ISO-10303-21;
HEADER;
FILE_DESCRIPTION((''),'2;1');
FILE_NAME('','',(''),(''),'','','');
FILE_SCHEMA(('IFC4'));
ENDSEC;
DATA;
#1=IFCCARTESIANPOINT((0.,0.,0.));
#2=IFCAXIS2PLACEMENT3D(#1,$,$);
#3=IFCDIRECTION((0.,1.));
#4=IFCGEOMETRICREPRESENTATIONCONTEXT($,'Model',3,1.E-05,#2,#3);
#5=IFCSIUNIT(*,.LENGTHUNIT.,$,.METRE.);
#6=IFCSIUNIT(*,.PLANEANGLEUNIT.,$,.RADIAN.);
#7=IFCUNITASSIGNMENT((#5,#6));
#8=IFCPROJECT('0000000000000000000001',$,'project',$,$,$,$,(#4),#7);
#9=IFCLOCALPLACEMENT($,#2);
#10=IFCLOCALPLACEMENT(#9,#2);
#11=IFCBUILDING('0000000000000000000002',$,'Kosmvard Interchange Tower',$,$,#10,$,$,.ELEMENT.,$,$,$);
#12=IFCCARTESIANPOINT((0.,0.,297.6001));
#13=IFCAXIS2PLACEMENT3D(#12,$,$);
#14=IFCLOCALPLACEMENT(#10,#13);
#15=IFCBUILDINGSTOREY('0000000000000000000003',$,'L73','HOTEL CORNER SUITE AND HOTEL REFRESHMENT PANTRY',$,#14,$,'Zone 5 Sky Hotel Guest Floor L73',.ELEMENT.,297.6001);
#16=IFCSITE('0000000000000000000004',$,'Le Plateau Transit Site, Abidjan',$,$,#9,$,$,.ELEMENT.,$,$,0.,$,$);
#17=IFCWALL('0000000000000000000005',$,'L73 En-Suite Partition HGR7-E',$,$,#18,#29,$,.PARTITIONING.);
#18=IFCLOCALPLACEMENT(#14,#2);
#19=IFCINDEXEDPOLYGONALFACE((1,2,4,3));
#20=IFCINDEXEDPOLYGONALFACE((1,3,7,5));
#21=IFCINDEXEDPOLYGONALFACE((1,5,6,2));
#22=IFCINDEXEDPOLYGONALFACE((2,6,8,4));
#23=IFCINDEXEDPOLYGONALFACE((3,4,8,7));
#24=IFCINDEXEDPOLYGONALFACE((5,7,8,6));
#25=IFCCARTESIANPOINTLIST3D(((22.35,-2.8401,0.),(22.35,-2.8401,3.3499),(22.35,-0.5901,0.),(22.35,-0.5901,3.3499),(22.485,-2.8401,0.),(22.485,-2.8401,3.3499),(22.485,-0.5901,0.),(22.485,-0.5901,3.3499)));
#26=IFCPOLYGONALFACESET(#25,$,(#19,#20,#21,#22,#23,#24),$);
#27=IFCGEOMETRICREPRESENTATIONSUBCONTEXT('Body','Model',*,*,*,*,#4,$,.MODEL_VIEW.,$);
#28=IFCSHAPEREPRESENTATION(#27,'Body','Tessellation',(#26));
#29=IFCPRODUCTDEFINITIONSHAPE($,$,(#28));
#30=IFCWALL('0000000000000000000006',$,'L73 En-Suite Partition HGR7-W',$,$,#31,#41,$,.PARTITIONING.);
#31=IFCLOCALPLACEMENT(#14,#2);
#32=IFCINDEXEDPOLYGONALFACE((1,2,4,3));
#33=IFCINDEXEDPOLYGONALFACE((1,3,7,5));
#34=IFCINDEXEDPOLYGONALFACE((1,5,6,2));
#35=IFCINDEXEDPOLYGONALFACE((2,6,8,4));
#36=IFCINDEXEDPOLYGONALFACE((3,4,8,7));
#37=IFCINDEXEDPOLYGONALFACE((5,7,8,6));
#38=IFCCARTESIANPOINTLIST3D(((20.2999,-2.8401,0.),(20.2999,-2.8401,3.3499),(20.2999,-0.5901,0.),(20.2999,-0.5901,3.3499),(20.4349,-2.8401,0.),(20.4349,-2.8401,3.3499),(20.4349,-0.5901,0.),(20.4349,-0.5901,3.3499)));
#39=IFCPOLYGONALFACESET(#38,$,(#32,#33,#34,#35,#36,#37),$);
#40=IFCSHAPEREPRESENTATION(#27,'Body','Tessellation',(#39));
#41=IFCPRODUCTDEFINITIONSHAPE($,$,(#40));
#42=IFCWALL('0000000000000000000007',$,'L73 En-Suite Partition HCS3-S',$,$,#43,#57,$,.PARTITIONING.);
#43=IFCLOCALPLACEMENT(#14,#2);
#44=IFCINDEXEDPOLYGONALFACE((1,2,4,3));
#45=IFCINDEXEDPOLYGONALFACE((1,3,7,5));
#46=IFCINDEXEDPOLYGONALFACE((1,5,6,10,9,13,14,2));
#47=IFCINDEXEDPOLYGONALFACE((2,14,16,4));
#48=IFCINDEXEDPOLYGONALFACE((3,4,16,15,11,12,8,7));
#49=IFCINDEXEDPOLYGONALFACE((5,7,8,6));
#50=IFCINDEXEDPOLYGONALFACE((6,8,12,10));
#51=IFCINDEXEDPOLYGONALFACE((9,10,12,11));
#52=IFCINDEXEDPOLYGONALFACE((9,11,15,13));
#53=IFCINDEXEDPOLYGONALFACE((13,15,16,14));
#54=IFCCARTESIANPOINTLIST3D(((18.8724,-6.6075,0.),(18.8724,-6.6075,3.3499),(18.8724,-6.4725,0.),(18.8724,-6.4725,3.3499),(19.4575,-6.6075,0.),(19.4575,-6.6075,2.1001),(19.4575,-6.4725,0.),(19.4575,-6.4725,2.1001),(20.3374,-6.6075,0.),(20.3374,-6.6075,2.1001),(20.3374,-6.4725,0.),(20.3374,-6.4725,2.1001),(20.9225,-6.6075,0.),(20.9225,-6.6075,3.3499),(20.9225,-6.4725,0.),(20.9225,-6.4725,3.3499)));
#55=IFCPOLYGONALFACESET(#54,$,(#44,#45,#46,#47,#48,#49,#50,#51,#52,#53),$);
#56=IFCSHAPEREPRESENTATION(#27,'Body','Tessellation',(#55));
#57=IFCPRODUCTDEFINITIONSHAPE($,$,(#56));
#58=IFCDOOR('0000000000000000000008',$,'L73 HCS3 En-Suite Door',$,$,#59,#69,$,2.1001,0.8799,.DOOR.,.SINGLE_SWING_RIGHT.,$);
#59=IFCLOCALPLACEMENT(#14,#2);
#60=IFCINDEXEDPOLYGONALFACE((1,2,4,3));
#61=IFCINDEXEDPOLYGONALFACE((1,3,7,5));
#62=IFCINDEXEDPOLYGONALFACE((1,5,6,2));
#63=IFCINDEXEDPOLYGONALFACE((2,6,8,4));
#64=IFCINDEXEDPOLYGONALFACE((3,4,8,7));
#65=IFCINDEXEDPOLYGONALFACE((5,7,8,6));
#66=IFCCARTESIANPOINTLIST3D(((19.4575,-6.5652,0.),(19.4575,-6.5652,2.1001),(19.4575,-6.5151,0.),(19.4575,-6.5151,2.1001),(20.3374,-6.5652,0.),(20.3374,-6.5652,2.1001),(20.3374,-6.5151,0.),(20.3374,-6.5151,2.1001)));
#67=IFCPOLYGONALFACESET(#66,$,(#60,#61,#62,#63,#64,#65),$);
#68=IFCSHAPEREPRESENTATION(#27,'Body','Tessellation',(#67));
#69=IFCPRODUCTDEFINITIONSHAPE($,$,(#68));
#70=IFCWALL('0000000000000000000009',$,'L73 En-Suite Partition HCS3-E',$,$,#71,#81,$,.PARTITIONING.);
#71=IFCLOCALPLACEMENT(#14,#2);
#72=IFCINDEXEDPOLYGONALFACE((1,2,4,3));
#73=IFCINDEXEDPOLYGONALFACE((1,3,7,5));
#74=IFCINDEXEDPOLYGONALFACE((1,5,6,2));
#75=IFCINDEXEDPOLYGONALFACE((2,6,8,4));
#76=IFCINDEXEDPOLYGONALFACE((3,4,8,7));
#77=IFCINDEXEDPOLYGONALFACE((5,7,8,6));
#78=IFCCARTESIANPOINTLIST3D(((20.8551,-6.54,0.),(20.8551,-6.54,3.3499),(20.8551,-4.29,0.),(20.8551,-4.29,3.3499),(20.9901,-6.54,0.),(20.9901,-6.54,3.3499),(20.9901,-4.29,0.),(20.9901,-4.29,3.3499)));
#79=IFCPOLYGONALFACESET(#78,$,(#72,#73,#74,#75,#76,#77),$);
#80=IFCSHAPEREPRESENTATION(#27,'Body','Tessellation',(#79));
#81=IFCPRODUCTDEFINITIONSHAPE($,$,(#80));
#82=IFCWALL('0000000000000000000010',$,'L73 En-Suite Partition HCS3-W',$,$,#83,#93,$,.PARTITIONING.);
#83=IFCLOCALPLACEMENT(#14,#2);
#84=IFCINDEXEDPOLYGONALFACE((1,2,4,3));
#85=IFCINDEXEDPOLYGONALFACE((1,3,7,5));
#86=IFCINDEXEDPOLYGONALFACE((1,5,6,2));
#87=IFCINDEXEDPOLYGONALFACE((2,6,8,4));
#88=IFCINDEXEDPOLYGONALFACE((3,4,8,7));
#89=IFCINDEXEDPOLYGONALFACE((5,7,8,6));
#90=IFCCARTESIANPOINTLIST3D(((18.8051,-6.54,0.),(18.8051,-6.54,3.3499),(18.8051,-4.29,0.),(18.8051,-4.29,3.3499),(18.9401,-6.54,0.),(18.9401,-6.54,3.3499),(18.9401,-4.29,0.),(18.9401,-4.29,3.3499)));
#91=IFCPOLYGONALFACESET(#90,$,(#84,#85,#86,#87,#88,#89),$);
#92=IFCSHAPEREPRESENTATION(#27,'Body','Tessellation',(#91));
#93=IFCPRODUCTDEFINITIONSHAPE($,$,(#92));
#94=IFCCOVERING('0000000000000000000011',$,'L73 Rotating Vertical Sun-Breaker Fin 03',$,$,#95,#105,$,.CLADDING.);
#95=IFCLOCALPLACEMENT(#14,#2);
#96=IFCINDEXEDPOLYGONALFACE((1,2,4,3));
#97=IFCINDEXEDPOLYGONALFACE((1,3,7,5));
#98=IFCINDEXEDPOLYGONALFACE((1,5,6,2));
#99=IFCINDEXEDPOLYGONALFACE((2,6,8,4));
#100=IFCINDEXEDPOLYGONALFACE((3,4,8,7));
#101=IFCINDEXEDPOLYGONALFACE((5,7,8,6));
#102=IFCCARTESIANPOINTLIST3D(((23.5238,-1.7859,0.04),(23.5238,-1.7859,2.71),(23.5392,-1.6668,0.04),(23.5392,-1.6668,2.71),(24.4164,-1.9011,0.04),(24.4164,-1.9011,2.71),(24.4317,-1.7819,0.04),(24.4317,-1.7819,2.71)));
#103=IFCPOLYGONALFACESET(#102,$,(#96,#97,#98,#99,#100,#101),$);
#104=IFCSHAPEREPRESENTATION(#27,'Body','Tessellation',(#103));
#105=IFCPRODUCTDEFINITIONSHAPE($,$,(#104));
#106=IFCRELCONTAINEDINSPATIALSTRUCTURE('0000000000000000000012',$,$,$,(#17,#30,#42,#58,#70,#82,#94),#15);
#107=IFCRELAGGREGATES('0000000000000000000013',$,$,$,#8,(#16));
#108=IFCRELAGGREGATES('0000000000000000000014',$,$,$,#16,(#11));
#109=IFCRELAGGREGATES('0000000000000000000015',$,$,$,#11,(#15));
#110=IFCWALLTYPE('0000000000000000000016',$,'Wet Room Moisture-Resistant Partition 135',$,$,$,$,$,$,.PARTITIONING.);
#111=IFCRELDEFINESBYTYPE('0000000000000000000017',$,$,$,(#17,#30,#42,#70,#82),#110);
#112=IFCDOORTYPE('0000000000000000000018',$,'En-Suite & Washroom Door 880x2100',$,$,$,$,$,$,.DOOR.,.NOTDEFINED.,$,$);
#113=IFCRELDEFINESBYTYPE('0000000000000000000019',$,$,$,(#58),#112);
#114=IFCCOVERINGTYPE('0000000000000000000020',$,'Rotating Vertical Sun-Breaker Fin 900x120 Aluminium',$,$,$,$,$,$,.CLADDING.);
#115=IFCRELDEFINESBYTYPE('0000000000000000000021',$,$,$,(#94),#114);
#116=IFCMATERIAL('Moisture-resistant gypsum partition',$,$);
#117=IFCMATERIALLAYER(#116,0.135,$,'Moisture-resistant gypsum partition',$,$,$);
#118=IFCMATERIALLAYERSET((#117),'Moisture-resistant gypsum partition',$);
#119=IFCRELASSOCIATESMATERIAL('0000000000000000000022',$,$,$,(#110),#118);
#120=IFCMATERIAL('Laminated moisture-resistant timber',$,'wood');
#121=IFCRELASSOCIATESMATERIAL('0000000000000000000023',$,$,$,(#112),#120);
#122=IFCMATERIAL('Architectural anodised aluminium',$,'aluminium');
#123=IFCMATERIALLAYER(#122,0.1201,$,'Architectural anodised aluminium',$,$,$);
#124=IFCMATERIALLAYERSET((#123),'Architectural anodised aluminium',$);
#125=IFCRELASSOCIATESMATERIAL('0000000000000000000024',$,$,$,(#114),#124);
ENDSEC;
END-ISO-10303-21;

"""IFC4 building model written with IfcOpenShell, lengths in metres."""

from ifc_helpers import new_model, si_unit, direction, frame, frame_2d, origin, origin_2d, place, context, subcontext, project, spatial, rectangle, extrude, source, transform, mapped, material, layer, layer_set, type_object, element, fill, save


model = new_model("IFC4")

# Units and contexts
model_context = context("Model", 3, precision=1e-05, world=origin(), true_north=direction((0.0, 1.0)))
body_context = subcontext(model_context, "Body", "Model", "MODEL_VIEW")
ifc_project = project(units=[si_unit("LENGTHUNIT", "METRE"), si_unit("PLANEANGLEUNIT", "RADIAN")], contexts=[model_context])

# Site, building, storey
site_placement = place(None, origin())
site = spatial("IfcSite", under=ifc_project, at=site_placement, Name="Le Plateau Transit Site, Abidjan", CompositionType="ELEMENT", RefElevation=0.0)
building_placement = place(site_placement, origin())
building = spatial("IfcBuilding", under=site, at=building_placement, Name="Kosmvard Interchange Tower", CompositionType="ELEMENT")
storey_placement = place(building_placement, frame((0.0, 0.0, 297.6001)))
storey = spatial("IfcBuildingStorey", under=building, at=storey_placement, Name="L73", Description="HOTEL CORNER SUITE AND HOTEL REFRESHMENT PANTRY", LongName="Zone 5 Sky Hotel Guest Floor L73", CompositionType="ELEMENT", Elevation=297.6001)

# Shared definitions
ifc_material_1 = material(Name="Moisture-resistant gypsum partition")
ifc_layer_1 = layer(ifc_material_1, 0.135, Name="Moisture-resistant gypsum partition")
ifc_layer_set_1 = layer_set([ifc_layer_1], Name="Moisture-resistant gypsum partition")
wall_type_1 = type_object("IfcWallType", Name="Wet Room Moisture-Resistant Partition 135", PredefinedType="PARTITIONING", material=ifc_layer_set_1)
ifc_material_2 = material(Name="Laminated moisture-resistant timber", Category="wood")
door_type = type_object("IfcDoorType", Name="En-Suite & Washroom Door 880x2100", OperationType="NOTDEFINED", PredefinedType="DOOR", material=ifc_material_2)
shared_shape_1 = source(origin(), body_context, "Body", "SweptSolid", [
    extrude(rectangle(XDim=0.8799, YDim=2.1001, at=frame_2d((0.4399, 1.05))), frame((0.0, 0.0249, 0.0), z_axis=(0.0, -1.0, 0.0), x_axis=(1.0, 0.0, 0.0)), (0.0, 0.0, 1.0), 0.05),
])

# Walls
for number, where, z_axis, x_axis, name in (
    (1, (22.4175, -2.8401, 0.0), (0.0, 0.0, 1.0), (0.0, 1.0, 0.0), "L73 En-Suite Partition HGR7-E"),
    (2, (20.3674, -2.8401, 0.0), (0.0, 0.0, 1.0), (0.0, 1.0, 0.0), "L73 En-Suite Partition HGR7-W"),
):
    element("IfcWall", number, at=place(storey_placement, frame(where, z_axis=z_axis, x_axis=x_axis)), inside=storey, type_object=wall_type_1, Name=name, PredefinedType="PARTITIONING", context=body_context, shape_type="SweptSolid", body=[
        extrude(rectangle(XDim=2.25, YDim=0.135, at=frame_2d((1.125, 0.0))), origin(), (0.0, 0.0, 1.0), 3.3499),
    ])

# Wall, opening, door
wall_1_placement = place(storey_placement, frame((18.8726, -6.54, 0.0), z_axis=(0.0, 0.0, 1.0), x_axis=(1.0, 0.0, 0.0)))
wall_1 = element("IfcWall", 3, at=wall_1_placement, inside=storey, type_object=wall_type_1, Name="L73 En-Suite Partition HCS3-S", PredefinedType="PARTITIONING", context=body_context, shape_type="SweptSolid", body=[
    extrude(rectangle(XDim=2.05, YDim=0.135, at=frame_2d((1.0249, 0.0))), origin(), (0.0, 0.0, 1.0), 3.3499),
])
opening_1_placement = place(wall_1_placement, frame((0.585, 0.0, 0.0)))
opening_1 = element("IfcOpeningElement", 4, at=opening_1_placement, cuts=wall_1, PredefinedType="OPENING", context=body_context, shape_type="SweptSolid", body=[
    extrude(rectangle(XDim=0.8799, YDim=2.1001, at=frame_2d((0.4399, 1.05))), frame((0.0, 0.0776, 0.0), z_axis=(0.0, -1.0, 0.0), x_axis=(1.0, 0.0, 0.0)), (0.0, 0.0, 1.0), 0.155),
])
door_1_placement = place(opening_1_placement, origin())
door_1 = element("IfcDoor", 5, at=door_1_placement, inside=storey, type_object=door_type, Name="L73 HCS3 En-Suite Door", OperationType="SINGLE_SWING_RIGHT", OverallHeight=2.1001, OverallWidth=0.8799, PredefinedType="DOOR", context=body_context, shape_type="MappedRepresentation", body=[
    mapped(shared_shape_1, transform((0.0, 0.0, 0.0), scale=1.0)),
])
fill(opening_1, door_1)

# Walls
for number, where, z_axis, x_axis, name in (
    (6, (20.9226, -6.54, 0.0), (0.0, 0.0, 1.0), (0.0, 1.0, 0.0), "L73 En-Suite Partition HCS3-E"),
    (7, (18.8726, -6.54, 0.0), (0.0, 0.0, 1.0), (0.0, 1.0, 0.0), "L73 En-Suite Partition HCS3-W"),
):
    element("IfcWall", number, at=place(storey_placement, frame(where, z_axis=z_axis, x_axis=x_axis)), inside=storey, type_object=wall_type_1, Name=name, PredefinedType="PARTITIONING", context=body_context, shape_type="SweptSolid", body=[
        extrude(rectangle(XDim=2.25, YDim=0.135, at=frame_2d((1.125, 0.0))), origin(), (0.0, 0.0, 1.0), 3.3499),
    ])

# Covering
ifc_material_3 = material(Name="Architectural anodised aluminium", Category="aluminium")
ifc_layer_2 = layer(ifc_material_3, 0.1201, Name="Architectural anodised aluminium")
ifc_layer_set_2 = layer_set([ifc_layer_2], Name="Architectural anodised aluminium")
covering_type = type_object("IfcCoveringType", Name="Rotating Vertical Sun-Breaker Fin 900x120 Aluminium", PredefinedType="CLADDING", material=ifc_layer_set_2)
shared_shape_2 = source(origin(), body_context, "Body", "SweptSolid", [
    extrude(rectangle(XDim=0.8999, YDim=0.1201, at=origin_2d()), origin(), (0.0, 0.0, 1.0), 2.6699),
])
covering_placement = place(storey_placement, frame((23.9778, -1.7839, 0.04), z_axis=(0.0, 0.0, 1.0), x_axis=(0.991783, -0.12793, 0.0)))
element("IfcCovering", 8, at=covering_placement, inside=storey, type_object=covering_type, Name="L73 Rotating Vertical Sun-Breaker Fin 03", PredefinedType="CLADDING", context=body_context, shape_type="MappedRepresentation", body=[
    mapped(shared_shape_2, transform((0.0, 0.0, 0.0), scale=1.0)),
])

save(model, "model.ifc")
